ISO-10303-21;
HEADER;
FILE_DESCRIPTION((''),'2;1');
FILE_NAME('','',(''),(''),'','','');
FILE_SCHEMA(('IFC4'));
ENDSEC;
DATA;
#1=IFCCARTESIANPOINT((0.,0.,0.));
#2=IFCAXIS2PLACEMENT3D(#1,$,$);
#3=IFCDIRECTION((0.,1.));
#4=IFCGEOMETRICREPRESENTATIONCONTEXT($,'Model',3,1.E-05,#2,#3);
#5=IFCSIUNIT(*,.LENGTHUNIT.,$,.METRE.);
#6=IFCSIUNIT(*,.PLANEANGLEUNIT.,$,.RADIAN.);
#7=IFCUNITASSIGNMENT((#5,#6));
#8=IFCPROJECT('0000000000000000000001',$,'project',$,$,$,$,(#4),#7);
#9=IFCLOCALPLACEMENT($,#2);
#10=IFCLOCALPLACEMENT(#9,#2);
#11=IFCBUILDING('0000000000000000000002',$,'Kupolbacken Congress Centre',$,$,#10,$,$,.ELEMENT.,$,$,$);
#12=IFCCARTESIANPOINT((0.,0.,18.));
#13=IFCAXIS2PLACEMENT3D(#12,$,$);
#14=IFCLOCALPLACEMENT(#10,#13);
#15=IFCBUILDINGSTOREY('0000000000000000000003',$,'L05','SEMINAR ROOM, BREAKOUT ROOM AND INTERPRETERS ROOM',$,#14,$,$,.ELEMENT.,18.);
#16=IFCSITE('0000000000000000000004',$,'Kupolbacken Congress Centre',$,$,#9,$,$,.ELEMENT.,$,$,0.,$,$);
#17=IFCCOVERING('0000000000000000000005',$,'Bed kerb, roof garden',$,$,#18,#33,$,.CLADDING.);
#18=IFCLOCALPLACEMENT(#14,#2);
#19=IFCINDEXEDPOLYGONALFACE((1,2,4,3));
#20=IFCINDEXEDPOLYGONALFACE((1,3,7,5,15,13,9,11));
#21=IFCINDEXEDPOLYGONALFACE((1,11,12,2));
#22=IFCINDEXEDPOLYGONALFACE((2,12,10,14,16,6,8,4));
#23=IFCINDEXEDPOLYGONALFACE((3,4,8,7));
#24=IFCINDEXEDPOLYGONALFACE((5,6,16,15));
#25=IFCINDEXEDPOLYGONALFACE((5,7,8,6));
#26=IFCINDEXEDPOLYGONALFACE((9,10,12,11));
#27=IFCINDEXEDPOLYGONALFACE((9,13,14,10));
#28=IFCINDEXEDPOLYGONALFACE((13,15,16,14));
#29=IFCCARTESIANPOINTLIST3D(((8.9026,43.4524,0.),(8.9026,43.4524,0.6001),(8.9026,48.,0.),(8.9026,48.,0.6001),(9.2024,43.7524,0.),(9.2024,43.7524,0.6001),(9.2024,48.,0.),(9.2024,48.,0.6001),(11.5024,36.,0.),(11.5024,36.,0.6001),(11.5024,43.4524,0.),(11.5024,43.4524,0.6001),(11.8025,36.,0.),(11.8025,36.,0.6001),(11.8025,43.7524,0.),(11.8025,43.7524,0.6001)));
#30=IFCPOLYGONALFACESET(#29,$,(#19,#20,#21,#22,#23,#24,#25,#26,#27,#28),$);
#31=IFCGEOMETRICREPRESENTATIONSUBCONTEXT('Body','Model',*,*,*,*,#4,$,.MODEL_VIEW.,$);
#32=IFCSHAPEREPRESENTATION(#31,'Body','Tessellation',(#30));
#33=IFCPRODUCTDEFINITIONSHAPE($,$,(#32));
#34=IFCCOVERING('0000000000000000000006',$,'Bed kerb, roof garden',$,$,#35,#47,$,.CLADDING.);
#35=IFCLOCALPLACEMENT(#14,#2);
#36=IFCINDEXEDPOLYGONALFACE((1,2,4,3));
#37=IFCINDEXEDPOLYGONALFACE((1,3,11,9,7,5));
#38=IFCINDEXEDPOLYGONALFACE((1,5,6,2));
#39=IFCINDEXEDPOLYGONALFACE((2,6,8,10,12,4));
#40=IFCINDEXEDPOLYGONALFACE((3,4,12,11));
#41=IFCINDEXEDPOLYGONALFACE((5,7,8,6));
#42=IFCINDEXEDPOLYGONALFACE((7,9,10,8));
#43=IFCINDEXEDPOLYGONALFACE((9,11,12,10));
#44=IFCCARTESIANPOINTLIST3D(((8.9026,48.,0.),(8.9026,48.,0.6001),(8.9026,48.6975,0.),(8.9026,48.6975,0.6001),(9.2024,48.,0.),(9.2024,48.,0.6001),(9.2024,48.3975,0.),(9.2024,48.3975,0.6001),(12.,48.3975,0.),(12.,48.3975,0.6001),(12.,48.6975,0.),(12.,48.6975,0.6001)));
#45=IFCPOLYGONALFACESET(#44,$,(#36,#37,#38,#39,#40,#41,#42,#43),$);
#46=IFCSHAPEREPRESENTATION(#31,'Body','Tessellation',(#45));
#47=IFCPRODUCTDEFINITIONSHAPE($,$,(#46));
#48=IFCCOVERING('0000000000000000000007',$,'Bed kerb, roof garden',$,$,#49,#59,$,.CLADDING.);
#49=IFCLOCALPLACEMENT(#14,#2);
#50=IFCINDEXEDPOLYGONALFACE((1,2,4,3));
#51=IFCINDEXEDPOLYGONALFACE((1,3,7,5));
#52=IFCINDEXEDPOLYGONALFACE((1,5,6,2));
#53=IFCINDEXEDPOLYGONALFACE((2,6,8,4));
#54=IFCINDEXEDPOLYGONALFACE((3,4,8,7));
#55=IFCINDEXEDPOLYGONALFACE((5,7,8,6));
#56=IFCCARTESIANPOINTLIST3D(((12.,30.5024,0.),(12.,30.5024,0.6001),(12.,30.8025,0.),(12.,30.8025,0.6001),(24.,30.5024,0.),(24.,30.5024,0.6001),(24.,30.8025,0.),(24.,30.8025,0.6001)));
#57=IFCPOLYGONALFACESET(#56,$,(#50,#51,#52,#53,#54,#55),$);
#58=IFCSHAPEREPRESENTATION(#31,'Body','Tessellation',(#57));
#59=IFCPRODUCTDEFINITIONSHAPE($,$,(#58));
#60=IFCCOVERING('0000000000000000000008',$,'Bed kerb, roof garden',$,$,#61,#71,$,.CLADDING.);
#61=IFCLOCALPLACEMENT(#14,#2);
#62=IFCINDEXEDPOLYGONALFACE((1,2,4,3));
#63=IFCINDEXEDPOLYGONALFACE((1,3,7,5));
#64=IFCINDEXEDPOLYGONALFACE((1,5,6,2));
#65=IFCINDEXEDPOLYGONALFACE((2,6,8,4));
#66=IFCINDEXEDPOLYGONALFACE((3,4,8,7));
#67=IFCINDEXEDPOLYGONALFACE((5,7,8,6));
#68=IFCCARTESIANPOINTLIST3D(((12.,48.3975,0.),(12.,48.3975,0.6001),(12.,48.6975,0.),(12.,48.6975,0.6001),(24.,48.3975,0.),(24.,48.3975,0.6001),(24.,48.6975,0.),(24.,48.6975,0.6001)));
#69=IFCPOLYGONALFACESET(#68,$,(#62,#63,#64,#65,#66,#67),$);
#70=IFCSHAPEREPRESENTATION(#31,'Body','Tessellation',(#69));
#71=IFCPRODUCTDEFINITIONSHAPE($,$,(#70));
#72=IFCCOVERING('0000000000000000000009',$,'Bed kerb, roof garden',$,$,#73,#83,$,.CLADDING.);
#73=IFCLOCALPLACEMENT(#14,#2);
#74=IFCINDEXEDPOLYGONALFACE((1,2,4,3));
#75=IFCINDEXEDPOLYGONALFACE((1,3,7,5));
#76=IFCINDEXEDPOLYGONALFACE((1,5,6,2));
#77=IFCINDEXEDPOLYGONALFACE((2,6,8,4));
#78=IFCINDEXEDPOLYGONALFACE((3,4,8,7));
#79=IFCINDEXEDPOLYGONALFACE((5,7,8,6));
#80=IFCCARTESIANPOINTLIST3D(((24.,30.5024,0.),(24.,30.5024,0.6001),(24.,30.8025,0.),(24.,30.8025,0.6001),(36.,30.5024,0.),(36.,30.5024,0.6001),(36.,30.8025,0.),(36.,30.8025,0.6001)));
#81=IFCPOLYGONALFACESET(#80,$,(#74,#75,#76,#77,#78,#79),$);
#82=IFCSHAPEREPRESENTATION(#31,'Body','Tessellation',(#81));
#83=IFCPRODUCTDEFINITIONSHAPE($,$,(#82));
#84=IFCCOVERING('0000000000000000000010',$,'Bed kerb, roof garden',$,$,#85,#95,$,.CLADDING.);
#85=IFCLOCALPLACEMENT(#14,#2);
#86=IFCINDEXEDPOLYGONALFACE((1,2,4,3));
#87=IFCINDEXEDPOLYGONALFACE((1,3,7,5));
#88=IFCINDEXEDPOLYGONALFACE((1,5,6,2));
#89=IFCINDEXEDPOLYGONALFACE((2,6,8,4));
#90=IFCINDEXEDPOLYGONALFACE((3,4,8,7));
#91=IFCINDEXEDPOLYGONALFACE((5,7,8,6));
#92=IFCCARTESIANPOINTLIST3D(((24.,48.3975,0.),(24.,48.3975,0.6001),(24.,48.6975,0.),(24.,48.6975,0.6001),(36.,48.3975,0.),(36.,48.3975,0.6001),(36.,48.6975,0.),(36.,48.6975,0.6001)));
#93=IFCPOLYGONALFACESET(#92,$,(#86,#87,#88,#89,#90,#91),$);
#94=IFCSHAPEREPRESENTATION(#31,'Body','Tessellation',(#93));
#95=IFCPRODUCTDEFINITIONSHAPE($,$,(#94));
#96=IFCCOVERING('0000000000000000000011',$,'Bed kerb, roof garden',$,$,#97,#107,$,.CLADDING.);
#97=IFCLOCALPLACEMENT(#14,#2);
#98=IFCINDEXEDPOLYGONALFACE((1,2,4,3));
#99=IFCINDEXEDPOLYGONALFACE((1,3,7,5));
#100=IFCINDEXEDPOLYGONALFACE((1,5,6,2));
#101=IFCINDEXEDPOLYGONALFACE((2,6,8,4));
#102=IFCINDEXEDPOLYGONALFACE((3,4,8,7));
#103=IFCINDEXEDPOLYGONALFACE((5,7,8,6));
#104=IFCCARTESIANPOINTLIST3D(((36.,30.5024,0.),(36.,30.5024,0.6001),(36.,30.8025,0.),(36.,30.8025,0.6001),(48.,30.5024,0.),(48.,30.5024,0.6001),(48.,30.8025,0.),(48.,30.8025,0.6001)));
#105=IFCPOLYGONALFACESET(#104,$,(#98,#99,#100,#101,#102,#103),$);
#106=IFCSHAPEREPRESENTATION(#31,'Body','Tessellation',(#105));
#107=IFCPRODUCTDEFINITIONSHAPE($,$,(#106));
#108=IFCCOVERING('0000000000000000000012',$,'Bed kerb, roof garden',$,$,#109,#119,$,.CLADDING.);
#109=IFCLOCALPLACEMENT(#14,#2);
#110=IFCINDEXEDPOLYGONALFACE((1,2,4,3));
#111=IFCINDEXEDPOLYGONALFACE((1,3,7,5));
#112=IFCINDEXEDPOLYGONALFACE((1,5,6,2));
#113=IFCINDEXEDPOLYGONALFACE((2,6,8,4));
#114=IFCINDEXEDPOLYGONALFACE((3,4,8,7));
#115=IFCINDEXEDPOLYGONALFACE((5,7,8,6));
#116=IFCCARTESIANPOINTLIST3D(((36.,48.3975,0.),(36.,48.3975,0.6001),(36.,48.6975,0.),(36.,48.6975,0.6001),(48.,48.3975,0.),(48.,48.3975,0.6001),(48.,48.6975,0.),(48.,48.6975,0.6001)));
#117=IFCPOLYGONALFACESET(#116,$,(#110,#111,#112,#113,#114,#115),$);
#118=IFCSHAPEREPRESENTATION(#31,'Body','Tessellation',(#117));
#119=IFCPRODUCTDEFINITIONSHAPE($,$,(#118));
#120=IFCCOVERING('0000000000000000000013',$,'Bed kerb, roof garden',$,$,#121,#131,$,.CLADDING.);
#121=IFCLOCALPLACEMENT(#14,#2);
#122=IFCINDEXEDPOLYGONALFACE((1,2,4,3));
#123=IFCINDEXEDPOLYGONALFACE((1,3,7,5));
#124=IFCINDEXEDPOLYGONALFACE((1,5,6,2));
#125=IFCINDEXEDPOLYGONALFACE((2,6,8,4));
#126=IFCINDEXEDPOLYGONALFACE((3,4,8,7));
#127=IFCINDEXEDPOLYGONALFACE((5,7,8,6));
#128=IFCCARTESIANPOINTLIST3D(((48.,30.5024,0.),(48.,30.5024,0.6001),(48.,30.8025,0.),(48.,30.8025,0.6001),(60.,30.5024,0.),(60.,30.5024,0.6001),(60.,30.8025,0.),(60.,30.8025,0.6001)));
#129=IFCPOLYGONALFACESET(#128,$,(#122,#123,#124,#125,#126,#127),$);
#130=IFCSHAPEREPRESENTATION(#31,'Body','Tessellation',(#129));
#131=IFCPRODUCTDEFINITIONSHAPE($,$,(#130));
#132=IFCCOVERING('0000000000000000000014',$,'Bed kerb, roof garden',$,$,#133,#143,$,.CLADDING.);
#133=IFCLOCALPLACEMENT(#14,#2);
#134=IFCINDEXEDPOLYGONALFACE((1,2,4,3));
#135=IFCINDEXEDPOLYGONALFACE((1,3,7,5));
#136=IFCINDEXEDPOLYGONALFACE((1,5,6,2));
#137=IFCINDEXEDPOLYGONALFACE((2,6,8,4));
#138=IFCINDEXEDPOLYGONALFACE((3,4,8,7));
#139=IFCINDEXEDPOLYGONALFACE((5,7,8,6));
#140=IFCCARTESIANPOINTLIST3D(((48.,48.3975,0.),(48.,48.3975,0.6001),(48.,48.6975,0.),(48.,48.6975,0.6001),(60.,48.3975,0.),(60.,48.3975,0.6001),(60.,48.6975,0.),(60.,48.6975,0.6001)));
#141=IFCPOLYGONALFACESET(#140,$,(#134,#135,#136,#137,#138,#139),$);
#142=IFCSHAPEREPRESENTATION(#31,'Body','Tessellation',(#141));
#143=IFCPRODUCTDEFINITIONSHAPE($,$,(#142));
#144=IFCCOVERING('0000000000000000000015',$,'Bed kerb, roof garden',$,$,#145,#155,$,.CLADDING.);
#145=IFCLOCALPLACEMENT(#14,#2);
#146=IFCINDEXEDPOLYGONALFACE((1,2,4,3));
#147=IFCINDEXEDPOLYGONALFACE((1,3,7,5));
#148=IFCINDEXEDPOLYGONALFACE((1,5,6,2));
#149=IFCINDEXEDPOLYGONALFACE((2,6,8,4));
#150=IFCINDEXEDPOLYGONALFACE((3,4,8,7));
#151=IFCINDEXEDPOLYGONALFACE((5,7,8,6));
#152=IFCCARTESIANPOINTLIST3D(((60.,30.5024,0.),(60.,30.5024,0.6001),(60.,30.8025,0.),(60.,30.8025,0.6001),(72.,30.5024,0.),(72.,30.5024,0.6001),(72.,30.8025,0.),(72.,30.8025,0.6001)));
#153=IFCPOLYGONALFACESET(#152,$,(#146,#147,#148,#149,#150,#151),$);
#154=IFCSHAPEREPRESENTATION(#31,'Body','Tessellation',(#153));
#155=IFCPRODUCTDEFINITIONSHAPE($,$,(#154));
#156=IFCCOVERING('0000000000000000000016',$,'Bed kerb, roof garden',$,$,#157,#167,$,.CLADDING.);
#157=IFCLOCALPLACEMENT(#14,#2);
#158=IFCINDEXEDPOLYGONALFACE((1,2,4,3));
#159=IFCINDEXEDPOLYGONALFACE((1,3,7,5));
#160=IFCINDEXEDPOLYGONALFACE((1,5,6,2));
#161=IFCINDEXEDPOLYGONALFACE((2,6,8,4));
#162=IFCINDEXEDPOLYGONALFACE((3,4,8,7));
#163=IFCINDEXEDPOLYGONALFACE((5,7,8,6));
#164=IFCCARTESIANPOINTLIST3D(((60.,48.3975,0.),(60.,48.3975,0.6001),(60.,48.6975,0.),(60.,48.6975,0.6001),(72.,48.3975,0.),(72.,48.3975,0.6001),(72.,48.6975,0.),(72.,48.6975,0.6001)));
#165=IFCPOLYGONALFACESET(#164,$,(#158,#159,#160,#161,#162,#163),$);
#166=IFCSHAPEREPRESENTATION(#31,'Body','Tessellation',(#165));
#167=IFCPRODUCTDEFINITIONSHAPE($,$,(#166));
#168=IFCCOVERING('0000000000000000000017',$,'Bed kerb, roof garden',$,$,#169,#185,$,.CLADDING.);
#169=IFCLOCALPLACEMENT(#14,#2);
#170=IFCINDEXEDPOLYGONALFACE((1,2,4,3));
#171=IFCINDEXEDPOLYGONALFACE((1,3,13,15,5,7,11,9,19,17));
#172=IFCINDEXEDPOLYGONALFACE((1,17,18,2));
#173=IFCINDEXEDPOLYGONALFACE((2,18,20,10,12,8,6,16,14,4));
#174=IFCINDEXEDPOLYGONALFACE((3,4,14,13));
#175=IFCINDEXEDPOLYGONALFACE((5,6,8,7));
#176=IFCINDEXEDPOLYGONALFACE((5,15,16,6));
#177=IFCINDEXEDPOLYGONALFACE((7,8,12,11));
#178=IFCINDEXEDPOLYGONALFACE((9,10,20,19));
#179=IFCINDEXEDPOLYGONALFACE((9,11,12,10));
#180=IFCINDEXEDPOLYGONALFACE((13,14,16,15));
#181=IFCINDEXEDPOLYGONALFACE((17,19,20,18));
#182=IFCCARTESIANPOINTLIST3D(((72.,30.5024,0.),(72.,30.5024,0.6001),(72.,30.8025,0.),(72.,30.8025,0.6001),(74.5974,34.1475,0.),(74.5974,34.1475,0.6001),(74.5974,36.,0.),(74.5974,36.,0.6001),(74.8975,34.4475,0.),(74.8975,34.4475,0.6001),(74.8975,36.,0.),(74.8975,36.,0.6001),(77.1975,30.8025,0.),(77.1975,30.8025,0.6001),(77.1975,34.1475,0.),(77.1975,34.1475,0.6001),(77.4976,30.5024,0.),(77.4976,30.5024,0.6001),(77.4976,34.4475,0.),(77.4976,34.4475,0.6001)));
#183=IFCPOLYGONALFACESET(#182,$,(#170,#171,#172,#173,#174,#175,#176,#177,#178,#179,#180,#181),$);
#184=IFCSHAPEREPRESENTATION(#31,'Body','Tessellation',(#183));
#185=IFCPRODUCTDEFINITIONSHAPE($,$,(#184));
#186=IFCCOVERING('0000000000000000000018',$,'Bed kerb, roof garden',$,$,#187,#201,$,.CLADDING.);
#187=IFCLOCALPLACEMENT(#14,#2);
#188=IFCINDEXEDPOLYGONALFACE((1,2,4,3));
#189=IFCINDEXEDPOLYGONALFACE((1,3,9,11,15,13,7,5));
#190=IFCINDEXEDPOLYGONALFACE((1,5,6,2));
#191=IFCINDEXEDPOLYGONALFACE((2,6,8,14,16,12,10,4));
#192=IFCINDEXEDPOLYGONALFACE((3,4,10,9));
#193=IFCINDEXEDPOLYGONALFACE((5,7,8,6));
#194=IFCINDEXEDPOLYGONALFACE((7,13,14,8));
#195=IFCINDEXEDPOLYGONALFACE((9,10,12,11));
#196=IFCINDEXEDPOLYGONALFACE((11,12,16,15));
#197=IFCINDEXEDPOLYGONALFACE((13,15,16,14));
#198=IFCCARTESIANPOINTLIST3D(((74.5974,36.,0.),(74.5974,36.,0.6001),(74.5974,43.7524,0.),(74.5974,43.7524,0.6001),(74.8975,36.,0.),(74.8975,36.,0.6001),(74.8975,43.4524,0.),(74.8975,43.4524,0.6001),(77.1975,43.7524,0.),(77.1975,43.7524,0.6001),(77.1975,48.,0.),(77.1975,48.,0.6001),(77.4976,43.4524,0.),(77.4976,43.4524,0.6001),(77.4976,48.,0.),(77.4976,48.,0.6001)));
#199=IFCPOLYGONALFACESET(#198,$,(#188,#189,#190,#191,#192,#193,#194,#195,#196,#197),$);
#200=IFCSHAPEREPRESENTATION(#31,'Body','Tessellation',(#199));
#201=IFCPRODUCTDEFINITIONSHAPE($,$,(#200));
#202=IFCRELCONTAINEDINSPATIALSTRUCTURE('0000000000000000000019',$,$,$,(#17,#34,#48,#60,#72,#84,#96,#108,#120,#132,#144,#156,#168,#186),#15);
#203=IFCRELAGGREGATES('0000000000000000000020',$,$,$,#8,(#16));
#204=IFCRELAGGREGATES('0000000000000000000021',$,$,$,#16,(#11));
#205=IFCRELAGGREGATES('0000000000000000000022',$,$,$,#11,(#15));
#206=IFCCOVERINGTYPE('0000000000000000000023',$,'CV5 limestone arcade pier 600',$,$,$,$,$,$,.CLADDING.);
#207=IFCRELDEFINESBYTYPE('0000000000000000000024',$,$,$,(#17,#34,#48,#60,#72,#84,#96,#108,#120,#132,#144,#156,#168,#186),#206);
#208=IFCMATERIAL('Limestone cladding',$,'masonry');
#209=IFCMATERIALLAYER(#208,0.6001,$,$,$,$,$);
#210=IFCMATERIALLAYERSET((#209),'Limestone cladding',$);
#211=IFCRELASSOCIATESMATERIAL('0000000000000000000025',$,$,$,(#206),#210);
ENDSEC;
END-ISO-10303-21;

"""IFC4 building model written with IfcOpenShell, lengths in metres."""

from ifc_helpers import new_model, si_unit, direction, frame, origin, place, context, subcontext, project, spatial, polyline, outline, extrude, material, layer, layer_set, type_object, element, save


model = new_model("IFC4")

# Units and contexts
model_context = context("Model", 3, precision=1e-05, world=origin(), true_north=direction((0.0, 1.0)))
body_context = subcontext(model_context, "Body", "Model", "MODEL_VIEW")
ifc_project = project(units=[si_unit("LENGTHUNIT", "METRE"), si_unit("PLANEANGLEUNIT", "RADIAN")], contexts=[model_context])

# Site, building, storey
site_placement = place(None, origin())
site = spatial("IfcSite", under=ifc_project, at=site_placement, Name="Kupolbacken Congress Centre", CompositionType="ELEMENT", RefElevation=0.0)
building_placement = place(site_placement, origin())
building = spatial("IfcBuilding", under=site, at=building_placement, Name="Kupolbacken Congress Centre", CompositionType="ELEMENT")
storey_placement = place(building_placement, frame((0.0, 0.0, 18.0)))
storey = spatial("IfcBuildingStorey", under=building, at=storey_placement, Name="L05", Description="SEMINAR ROOM, BREAKOUT ROOM AND INTERPRETERS ROOM", CompositionType="ELEMENT", Elevation=18.0)

# Coverings
ifc_material_1 = material(Name="Limestone cladding", Category="masonry")
ifc_layer_1 = layer(ifc_material_1, 0.6001)
ifc_layer_set_1 = layer_set([ifc_layer_1], Name="Limestone cladding")
covering_type_1 = type_object("IfcCoveringType", Name="CV5 limestone arcade pier 600", PredefinedType="CLADDING", material=ifc_layer_set_1)
covering_1_placement = place(storey_placement, origin())
element("IfcCovering", 1, at=covering_1_placement, inside=storey, type_object=covering_type_1, Name="Bed kerb, roof garden", PredefinedType="CLADDING", context=body_context, shape_type="SweptSolid", body=[
    extrude(outline(polyline([(11.5024, 43.4524), (8.9026, 43.4524), (8.9026, 48.0), (9.2024, 48.0), (9.2024, 43.7524), (11.8025, 43.7524), (11.8025, 36.0), (11.5024, 36.0), (11.5024, 43.4524)])), origin(), (0.0, 0.0, 1.0), 0.6001),
])
covering_2_placement = place(storey_placement, origin())
element("IfcCovering", 2, at=covering_2_placement, inside=storey, type_object=covering_type_1, Name="Bed kerb, roof garden", PredefinedType="CLADDING", context=body_context, shape_type="SweptSolid", body=[
    extrude(outline(polyline([(8.9026, 48.6975), (12.0, 48.6975), (12.0, 48.3975), (9.2024, 48.3975), (9.2024, 48.0), (8.9026, 48.0), (8.9026, 48.6975)])), origin(), (0.0, 0.0, 1.0), 0.6001),
])
covering_3_placement = place(storey_placement, origin())
element("IfcCovering", 3, at=covering_3_placement, inside=storey, type_object=covering_type_1, Name="Bed kerb, roof garden", PredefinedType="CLADDING", context=body_context, shape_type="SweptSolid", body=[
    extrude(outline(polyline([(12.0, 30.5024), (12.0, 30.8025), (24.0, 30.8025), (24.0, 30.5024), (12.0, 30.5024)])), origin(), (0.0, 0.0, 1.0), 0.6001),
])
covering_4_placement = place(storey_placement, origin())
element("IfcCovering", 4, at=covering_4_placement, inside=storey, type_object=covering_type_1, Name="Bed kerb, roof garden", PredefinedType="CLADDING", context=body_context, shape_type="SweptSolid", body=[
    extrude(outline(polyline([(24.0, 48.6975), (24.0, 48.3975), (12.0, 48.3975), (12.0, 48.6975), (24.0, 48.6975)])), origin(), (0.0, 0.0, 1.0), 0.6001),
])
covering_5_placement = place(storey_placement, origin())
element("IfcCovering", 5, at=covering_5_placement, inside=storey, type_object=covering_type_1, Name="Bed kerb, roof garden", PredefinedType="CLADDING", context=body_context, shape_type="SweptSolid", body=[
    extrude(outline(polyline([(24.0, 30.5024), (24.0, 30.8025), (36.0, 30.8025), (36.0, 30.5024), (24.0, 30.5024)])), origin(), (0.0, 0.0, 1.0), 0.6001),
])
covering_6_placement = place(storey_placement, origin())
element("IfcCovering", 6, at=covering_6_placement, inside=storey, type_object=covering_type_1, Name="Bed kerb, roof garden", PredefinedType="CLADDING", context=body_context, shape_type="SweptSolid", body=[
    extrude(outline(polyline([(36.0, 48.6975), (36.0, 48.3975), (24.0, 48.3975), (24.0, 48.6975), (36.0, 48.6975)])), origin(), (0.0, 0.0, 1.0), 0.6001),
])
covering_7_placement = place(storey_placement, origin())
element("IfcCovering", 7, at=covering_7_placement, inside=storey, type_object=covering_type_1, Name="Bed kerb, roof garden", PredefinedType="CLADDING", context=body_context, shape_type="SweptSolid", body=[
    extrude(outline(polyline([(36.0, 30.5024), (36.0, 30.8025), (48.0, 30.8025), (48.0, 30.5024), (36.0, 30.5024)])), origin(), (0.0, 0.0, 1.0), 0.6001),
])
covering_8_placement = place(storey_placement, origin())
element("IfcCovering", 8, at=covering_8_placement, inside=storey, type_object=covering_type_1, Name="Bed kerb, roof garden", PredefinedType="CLADDING", context=body_context, shape_type="SweptSolid", body=[
    extrude(outline(polyline([(48.0, 48.6975), (48.0, 48.3975), (36.0, 48.3975), (36.0, 48.6975), (48.0, 48.6975)])), origin(), (0.0, 0.0, 1.0), 0.6001),
])
covering_9_placement = place(storey_placement, origin())
element("IfcCovering", 9, at=covering_9_placement, inside=storey, type_object=covering_type_1, Name="Bed kerb, roof garden", PredefinedType="CLADDING", context=body_context, shape_type="SweptSolid", body=[
    extrude(outline(polyline([(48.0, 30.5024), (48.0, 30.8025), (60.0, 30.8025), (60.0, 30.5024), (48.0, 30.5024)])), origin(), (0.0, 0.0, 1.0), 0.6001),
])
covering_10_placement = place(storey_placement, origin())
element("IfcCovering", 10, at=covering_10_placement, inside=storey, type_object=covering_type_1, Name="Bed kerb, roof garden", PredefinedType="CLADDING", context=body_context, shape_type="SweptSolid", body=[
    extrude(outline(polyline([(60.0, 48.6975), (60.0, 48.3975), (48.0, 48.3975), (48.0, 48.6975), (60.0, 48.6975)])), origin(), (0.0, 0.0, 1.0), 0.6001),
])
covering_11_placement = place(storey_placement, origin())
element("IfcCovering", 11, at=covering_11_placement, inside=storey, type_object=covering_type_1, Name="Bed kerb, roof garden", PredefinedType="CLADDING", context=body_context, shape_type="SweptSolid", body=[
    extrude(outline(polyline([(60.0, 30.5024), (60.0, 30.8025), (72.0, 30.8025), (72.0, 30.5024), (60.0, 30.5024)])), origin(), (0.0, 0.0, 1.0), 0.6001),
])
covering_12_placement = place(storey_placement, origin())
element("IfcCovering", 12, at=covering_12_placement, inside=storey, type_object=covering_type_1, Name="Bed kerb, roof garden", PredefinedType="CLADDING", context=body_context, shape_type="SweptSolid", body=[
    extrude(outline(polyline([(72.0, 48.6975), (72.0, 48.3975), (60.0, 48.3975), (60.0, 48.6975), (72.0, 48.6975)])), origin(), (0.0, 0.0, 1.0), 0.6001),
])
covering_13_placement = place(storey_placement, origin())
element("IfcCovering", 13, at=covering_13_placement, inside=storey, type_object=covering_type_1, Name="Bed kerb, roof garden", PredefinedType="CLADDING", context=body_context, shape_type="SweptSolid", body=[
    extrude(outline(polyline([(77.4976, 30.5024), (72.0, 30.5024), (72.0, 30.8025), (77.1975, 30.8025), (77.1975, 34.1475), (74.5974, 34.1475), (74.5974, 36.0), (74.8975, 36.0), (74.8975, 34.4475), (77.4976, 34.4475), (77.4976, 30.5024)])), origin(), (0.0, 0.0, 1.0), 0.6001),
])
covering_14_placement = place(storey_placement, origin())
element("IfcCovering", 14, at=covering_14_placement, inside=storey, type_object=covering_type_1, Name="Bed kerb, roof garden", PredefinedType="CLADDING", context=body_context, shape_type="SweptSolid", body=[
    extrude(outline(polyline([(77.4976, 43.4524), (74.8975, 43.4524), (74.8975, 36.0), (74.5974, 36.0), (74.5974, 43.7524), (77.1975, 43.7524), (77.1975, 48.0), (77.4976, 48.0), (77.4976, 43.4524)])), origin(), (0.0, 0.0, 1.0), 0.6001),
])

save(model, "model.ifc")
